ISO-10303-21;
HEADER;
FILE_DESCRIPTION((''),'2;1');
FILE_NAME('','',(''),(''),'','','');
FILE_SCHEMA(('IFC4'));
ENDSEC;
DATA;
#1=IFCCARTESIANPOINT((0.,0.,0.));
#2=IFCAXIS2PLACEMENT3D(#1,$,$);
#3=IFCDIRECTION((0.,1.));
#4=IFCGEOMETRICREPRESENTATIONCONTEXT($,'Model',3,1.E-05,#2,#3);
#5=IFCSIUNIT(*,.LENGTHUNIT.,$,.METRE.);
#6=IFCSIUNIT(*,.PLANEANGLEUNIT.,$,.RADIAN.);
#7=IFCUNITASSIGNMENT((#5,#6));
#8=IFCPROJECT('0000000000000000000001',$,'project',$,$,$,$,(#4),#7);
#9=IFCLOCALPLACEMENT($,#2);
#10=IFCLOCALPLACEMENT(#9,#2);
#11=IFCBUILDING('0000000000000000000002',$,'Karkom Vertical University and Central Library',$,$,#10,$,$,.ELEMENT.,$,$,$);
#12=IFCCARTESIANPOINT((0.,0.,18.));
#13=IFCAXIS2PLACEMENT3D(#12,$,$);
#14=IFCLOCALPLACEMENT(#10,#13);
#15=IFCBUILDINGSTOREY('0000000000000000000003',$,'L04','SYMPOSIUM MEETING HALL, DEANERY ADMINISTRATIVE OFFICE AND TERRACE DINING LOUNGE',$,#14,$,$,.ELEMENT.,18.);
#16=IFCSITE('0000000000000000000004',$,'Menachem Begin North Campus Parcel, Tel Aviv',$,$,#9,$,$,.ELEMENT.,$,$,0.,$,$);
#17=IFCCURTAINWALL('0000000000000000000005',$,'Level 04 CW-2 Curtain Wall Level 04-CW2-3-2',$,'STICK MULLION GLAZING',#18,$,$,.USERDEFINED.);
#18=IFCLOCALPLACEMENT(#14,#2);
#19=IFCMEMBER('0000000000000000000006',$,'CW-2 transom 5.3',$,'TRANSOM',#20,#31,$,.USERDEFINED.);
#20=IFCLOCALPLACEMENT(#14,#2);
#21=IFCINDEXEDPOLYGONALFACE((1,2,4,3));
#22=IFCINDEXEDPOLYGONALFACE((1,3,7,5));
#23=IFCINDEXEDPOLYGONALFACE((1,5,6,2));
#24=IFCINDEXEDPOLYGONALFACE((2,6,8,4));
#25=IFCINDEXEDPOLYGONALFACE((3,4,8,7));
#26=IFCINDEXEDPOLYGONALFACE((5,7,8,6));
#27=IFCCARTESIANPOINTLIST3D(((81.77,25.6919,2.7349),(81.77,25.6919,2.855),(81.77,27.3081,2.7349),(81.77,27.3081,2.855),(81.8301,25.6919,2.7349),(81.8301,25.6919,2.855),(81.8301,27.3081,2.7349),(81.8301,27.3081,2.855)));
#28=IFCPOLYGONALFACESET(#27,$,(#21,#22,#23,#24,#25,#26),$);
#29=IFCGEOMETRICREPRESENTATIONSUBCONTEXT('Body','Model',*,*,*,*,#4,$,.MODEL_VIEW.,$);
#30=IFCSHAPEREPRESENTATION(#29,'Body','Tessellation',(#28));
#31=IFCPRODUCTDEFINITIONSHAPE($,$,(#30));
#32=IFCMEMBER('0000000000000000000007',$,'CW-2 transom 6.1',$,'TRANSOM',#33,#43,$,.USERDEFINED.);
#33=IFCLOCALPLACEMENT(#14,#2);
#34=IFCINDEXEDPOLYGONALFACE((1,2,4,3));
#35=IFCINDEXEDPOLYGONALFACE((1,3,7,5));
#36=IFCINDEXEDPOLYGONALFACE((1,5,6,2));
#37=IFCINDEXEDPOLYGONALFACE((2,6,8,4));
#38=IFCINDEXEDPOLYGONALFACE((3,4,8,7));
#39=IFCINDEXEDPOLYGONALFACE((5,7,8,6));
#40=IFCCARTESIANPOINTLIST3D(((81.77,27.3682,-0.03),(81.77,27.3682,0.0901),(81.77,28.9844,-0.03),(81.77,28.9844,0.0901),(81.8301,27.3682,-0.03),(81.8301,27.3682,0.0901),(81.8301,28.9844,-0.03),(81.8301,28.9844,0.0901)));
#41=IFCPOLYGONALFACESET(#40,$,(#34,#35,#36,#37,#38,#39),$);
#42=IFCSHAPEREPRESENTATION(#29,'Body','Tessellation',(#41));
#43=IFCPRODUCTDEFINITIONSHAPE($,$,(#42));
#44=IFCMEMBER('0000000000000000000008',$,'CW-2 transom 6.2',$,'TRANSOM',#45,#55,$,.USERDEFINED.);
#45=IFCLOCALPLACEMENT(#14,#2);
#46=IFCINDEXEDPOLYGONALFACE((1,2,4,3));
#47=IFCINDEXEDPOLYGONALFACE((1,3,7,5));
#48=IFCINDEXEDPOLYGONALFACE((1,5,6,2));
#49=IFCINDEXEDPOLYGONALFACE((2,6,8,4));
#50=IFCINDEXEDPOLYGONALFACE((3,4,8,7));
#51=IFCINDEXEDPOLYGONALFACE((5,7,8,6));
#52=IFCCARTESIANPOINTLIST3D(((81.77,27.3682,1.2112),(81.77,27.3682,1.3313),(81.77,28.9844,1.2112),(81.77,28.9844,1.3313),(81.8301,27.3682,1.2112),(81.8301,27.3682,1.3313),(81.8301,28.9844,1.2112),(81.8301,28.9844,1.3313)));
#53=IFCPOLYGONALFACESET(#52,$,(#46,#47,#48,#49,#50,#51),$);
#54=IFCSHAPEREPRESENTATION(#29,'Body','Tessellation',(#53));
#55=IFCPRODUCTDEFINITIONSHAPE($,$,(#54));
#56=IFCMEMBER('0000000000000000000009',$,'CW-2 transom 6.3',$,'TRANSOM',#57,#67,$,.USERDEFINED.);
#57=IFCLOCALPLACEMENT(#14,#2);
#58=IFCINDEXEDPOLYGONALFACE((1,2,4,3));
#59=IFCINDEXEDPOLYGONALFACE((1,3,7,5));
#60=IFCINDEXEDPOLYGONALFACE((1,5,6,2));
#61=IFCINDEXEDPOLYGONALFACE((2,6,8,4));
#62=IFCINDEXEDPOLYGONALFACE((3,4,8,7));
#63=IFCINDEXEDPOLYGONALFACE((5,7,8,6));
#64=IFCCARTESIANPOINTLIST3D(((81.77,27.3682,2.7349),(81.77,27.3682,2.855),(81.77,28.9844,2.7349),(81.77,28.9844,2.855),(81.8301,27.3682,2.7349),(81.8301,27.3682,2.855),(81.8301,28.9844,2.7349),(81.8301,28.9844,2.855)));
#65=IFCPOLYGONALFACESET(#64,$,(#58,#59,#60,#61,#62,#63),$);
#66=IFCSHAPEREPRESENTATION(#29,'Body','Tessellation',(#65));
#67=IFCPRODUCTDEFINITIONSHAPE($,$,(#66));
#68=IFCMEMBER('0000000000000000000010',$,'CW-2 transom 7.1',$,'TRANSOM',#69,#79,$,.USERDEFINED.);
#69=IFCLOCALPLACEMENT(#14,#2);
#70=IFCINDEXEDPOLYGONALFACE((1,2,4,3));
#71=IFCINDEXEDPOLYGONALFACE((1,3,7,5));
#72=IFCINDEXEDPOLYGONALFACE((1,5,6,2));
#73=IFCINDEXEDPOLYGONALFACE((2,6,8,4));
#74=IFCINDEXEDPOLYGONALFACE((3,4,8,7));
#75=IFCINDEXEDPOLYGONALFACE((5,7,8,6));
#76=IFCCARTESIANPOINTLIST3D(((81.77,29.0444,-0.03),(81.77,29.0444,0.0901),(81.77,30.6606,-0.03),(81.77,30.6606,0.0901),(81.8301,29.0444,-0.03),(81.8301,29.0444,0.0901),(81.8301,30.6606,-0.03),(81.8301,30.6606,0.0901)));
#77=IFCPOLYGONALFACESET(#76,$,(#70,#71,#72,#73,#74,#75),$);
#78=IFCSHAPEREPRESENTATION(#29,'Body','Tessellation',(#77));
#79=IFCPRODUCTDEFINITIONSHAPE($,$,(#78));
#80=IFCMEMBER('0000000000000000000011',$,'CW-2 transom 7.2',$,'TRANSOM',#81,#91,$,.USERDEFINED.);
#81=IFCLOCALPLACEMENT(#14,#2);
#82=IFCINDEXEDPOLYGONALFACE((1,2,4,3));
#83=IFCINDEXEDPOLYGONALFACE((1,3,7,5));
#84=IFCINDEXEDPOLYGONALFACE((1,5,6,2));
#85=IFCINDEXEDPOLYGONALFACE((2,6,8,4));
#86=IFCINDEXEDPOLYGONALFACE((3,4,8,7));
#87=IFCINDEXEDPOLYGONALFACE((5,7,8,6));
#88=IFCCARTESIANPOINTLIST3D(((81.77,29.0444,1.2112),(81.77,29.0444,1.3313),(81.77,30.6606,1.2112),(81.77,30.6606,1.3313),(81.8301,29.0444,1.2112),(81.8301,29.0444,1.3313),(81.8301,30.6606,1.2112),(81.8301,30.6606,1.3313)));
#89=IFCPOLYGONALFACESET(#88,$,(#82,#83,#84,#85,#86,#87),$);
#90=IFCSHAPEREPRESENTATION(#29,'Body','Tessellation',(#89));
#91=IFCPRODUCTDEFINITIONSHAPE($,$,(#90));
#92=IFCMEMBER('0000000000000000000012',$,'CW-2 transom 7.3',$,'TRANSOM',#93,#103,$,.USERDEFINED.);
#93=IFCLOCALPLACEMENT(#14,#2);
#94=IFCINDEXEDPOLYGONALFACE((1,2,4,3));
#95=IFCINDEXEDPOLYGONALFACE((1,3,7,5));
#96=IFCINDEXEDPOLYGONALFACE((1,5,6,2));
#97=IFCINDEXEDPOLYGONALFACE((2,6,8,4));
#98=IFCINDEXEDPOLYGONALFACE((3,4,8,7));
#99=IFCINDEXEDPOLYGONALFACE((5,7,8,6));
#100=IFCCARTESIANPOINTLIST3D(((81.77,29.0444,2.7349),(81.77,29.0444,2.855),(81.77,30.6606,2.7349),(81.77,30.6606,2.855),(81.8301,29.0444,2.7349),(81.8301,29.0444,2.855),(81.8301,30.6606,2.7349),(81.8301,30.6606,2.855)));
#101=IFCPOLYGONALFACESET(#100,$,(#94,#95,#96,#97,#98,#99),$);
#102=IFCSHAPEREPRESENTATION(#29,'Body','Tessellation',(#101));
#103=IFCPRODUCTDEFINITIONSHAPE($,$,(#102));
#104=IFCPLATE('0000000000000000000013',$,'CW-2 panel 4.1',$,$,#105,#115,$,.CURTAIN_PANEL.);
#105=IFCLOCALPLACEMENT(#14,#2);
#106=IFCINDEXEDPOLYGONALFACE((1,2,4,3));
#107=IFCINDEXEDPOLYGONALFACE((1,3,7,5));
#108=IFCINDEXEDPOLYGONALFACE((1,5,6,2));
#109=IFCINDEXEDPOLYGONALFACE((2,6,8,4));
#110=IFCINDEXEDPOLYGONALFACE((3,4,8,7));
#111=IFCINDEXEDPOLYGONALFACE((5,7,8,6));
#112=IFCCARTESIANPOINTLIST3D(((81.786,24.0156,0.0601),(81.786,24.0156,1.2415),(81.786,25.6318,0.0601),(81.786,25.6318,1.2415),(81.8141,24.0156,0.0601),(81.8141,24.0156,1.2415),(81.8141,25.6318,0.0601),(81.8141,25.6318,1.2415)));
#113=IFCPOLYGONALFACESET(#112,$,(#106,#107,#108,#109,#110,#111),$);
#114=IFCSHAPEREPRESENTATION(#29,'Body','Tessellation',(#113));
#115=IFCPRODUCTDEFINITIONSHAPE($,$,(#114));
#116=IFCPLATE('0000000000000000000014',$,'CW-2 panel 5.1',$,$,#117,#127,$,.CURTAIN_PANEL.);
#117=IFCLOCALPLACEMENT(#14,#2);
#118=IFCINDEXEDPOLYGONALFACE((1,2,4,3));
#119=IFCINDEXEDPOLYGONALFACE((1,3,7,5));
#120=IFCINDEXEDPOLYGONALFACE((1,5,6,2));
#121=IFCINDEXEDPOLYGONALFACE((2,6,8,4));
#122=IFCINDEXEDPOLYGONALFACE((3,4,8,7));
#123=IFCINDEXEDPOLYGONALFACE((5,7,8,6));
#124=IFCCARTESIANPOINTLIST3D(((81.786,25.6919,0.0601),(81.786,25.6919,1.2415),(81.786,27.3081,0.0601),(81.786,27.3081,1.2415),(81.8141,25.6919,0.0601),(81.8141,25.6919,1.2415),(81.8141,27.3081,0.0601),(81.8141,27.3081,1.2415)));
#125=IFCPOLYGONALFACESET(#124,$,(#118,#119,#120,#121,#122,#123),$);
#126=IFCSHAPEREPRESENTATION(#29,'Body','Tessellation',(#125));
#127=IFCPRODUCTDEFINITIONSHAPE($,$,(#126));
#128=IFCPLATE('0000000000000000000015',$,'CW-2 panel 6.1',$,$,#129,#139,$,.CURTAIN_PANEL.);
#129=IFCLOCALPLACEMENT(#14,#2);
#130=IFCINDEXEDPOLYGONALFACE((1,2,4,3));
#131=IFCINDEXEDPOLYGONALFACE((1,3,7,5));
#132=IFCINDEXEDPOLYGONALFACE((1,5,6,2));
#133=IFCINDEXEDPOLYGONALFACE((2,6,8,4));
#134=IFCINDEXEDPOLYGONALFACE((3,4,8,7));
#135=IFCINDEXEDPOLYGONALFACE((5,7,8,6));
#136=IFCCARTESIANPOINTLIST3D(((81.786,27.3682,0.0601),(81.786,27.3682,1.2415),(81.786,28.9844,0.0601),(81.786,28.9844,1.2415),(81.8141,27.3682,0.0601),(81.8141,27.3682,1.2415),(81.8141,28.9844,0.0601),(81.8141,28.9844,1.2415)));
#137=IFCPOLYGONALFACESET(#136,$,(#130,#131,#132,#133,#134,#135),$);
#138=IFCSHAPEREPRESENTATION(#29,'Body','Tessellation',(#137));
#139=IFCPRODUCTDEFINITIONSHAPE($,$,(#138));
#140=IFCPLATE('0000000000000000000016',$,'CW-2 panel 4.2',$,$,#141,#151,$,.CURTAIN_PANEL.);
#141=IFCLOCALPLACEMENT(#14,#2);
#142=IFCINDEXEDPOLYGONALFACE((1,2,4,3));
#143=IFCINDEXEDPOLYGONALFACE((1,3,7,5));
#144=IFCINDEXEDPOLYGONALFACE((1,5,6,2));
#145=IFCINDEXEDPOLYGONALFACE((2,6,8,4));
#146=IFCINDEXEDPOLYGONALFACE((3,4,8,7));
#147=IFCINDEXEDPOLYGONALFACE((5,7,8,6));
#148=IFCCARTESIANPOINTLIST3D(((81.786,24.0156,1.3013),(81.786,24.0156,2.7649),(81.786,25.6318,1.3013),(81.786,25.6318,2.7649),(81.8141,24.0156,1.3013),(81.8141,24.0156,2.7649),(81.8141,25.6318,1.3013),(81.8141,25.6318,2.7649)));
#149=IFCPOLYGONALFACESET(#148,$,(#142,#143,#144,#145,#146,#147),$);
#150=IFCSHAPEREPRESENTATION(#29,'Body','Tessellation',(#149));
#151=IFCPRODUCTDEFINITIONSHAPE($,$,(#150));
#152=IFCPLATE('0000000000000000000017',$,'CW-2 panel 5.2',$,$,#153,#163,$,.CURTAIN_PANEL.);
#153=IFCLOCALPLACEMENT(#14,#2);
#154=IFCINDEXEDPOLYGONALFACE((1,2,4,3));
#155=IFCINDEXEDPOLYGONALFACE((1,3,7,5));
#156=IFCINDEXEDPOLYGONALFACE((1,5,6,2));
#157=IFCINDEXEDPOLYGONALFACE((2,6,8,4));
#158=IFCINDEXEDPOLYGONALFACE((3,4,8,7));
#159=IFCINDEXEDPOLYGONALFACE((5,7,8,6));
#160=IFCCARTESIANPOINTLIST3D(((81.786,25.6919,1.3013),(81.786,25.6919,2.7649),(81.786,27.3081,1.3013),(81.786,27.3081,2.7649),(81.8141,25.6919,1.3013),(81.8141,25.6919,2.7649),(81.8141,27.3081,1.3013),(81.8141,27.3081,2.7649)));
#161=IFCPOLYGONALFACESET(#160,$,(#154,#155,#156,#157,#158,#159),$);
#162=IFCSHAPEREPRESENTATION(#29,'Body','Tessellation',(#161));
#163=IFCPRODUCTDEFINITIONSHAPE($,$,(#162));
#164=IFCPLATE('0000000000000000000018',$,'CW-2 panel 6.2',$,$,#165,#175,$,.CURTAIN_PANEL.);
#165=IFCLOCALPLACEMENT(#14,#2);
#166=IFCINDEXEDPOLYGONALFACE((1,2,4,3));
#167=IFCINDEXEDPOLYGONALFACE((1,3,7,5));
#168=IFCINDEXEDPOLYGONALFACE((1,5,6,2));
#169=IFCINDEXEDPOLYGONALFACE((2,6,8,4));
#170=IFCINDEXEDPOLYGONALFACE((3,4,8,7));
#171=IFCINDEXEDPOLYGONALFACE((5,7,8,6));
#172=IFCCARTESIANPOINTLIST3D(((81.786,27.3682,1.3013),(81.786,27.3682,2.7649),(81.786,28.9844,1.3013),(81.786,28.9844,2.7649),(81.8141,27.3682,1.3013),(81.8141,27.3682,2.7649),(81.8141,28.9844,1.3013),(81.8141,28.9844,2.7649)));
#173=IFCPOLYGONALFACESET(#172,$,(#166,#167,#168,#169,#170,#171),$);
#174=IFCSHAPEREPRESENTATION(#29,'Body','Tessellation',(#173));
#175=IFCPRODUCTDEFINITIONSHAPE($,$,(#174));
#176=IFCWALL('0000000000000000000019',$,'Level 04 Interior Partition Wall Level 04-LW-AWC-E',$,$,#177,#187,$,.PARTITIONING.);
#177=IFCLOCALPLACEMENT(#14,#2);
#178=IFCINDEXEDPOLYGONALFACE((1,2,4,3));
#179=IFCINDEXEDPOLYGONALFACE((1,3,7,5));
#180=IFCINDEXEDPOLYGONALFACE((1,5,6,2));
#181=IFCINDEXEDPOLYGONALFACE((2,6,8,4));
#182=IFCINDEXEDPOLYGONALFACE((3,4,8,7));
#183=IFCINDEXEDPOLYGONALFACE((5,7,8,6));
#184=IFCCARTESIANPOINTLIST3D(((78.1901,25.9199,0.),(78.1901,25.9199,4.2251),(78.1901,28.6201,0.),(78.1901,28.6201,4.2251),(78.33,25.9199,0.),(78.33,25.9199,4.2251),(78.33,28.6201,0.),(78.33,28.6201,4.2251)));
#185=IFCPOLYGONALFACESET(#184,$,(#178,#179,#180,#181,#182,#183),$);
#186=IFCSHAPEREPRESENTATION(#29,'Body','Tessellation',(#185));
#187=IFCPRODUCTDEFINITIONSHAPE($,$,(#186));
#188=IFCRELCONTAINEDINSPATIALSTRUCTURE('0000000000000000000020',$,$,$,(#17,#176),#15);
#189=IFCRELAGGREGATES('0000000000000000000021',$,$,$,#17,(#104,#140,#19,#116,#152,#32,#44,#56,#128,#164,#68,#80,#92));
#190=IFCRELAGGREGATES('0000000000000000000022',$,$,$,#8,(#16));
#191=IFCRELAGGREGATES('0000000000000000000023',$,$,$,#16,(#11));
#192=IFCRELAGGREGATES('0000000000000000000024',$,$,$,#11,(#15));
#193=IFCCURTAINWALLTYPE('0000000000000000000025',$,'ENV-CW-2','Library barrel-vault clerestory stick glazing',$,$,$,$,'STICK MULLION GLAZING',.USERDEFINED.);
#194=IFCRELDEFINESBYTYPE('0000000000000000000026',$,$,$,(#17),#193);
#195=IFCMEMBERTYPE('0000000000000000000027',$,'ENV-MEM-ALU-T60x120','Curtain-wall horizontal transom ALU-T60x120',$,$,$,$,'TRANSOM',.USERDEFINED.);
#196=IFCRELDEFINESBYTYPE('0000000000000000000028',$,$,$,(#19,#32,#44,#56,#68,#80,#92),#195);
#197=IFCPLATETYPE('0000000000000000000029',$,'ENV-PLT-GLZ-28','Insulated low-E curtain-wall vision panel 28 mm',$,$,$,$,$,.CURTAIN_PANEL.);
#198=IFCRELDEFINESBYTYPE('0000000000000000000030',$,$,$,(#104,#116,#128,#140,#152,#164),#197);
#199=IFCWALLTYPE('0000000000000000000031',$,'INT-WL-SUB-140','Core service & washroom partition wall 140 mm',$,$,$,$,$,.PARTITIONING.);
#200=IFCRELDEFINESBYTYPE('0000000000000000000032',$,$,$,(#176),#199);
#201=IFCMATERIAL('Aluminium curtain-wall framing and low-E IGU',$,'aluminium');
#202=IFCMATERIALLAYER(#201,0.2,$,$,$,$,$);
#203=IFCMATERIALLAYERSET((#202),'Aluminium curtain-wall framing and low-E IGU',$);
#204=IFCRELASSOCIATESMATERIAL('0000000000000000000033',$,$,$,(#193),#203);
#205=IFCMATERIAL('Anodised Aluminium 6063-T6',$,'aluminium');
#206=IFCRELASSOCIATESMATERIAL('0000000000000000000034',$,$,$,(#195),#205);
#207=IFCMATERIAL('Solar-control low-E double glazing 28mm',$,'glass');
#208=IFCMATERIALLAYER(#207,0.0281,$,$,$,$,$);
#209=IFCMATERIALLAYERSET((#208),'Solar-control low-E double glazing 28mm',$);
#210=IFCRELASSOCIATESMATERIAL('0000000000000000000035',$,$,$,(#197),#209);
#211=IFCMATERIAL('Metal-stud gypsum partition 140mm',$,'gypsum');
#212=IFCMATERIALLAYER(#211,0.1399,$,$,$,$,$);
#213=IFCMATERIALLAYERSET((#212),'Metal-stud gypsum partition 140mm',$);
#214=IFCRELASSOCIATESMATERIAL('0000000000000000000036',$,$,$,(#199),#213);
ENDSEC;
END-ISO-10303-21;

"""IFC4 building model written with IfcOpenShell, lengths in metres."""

from ifc_helpers import new_model, si_unit, direction, frame, frame_2d, origin, origin_with_axes, origin_2d, place, context, subcontext, project, spatial, rectangle, extrude, source, transform, mapped, material, layer, layer_set, material_profile, profile_set, type_object, element, aggregate, save


model = new_model("IFC4")

# Units and contexts
model_context = context("Model", 3, precision=1e-05, world=origin(), true_north=direction((0.0, 1.0)))
body_context = subcontext(model_context, "Body", "Model", "MODEL_VIEW")
ifc_project = project(units=[si_unit("LENGTHUNIT", "METRE"), si_unit("PLANEANGLEUNIT", "RADIAN")], contexts=[model_context])

# Site, building, storey
site_placement = place(None, origin())
site = spatial("IfcSite", under=ifc_project, at=site_placement, Name="Menachem Begin North Campus Parcel, Tel Aviv", CompositionType="ELEMENT", RefElevation=0.0)
building_placement = place(site_placement, origin())
building = spatial("IfcBuilding", under=site, at=building_placement, Name="Karkom Vertical University and Central Library", CompositionType="ELEMENT")
storey_placement = place(building_placement, frame((0.0, 0.0, 18.0)))
storey = spatial("IfcBuildingStorey", under=building, at=storey_placement, Name="L04", Description="SYMPOSIUM MEETING HALL, DEANERY ADMINISTRATIVE OFFICE AND TERRACE DINING LOUNGE", CompositionType="ELEMENT", Elevation=18.0)

# Curtain wall, members, plates
ifc_material_1 = material(Name="Aluminium curtain-wall framing and low-E IGU", Category="aluminium")
ifc_layer_1 = layer(ifc_material_1, 0.2)
ifc_layer_set_1 = layer_set([ifc_layer_1], Name="Aluminium curtain-wall framing and low-E IGU")
curtain_wall_type = type_object("IfcCurtainWallType", Name="ENV-CW-2", Description="Library barrel-vault clerestory stick glazing", ElementType="STICK MULLION GLAZING", PredefinedType="USERDEFINED", material=ifc_layer_set_1)
curtain_wall_placement = place(storey_placement, origin())
curtain_wall = element("IfcCurtainWall", 1, at=curtain_wall_placement, inside=storey, type_object=curtain_wall_type, Name="Level 04 CW-2 Curtain Wall Level 04-CW2-3-2", ObjectType="STICK MULLION GLAZING", PredefinedType="USERDEFINED")
ifc_material_2 = material(Name="Anodised Aluminium 6063-T6", Category="aluminium")
ifc_material_profile_1 = material_profile(ifc_material_2, rectangle(XDim=0.0601, YDim=0.1201, at=origin_2d()), Name="ALU-T60x120")
ifc_profile_set_1 = profile_set([ifc_material_profile_1], Name="Anodised Aluminium 6063-T6")
member_type_1 = type_object("IfcMemberType", Name="ENV-MEM-ALU-T60x120", Description="Curtain-wall horizontal transom ALU-T60x120", ElementType="TRANSOM", PredefinedType="USERDEFINED", material=ifc_profile_set_1)
shared_shape_1 = source(origin_with_axes(), body_context, "Body", "SweptSolid", [
    extrude(rectangle(XDim=0.0601, YDim=0.1201, at=origin_2d()), origin(), (0.0, 0.0, 1.0), 1.6162),
])
member_1_placement = place(storey_placement, frame((81.8, 25.6919, 2.7949), z_axis=(0.0, 1.0, 0.0), x_axis=(-1.0, 0.0, 0.0)))
member_1 = element("IfcMember", 2, at=member_1_placement, type_object=member_type_1, Name="CW-2 transom 5.3", ObjectType="TRANSOM", PredefinedType="USERDEFINED", context=body_context, shape_type="MappedRepresentation", body=[
    mapped(shared_shape_1, transform((0.0, 0.0, 0.0), scale=1.0)),
])
member_2_placement = place(storey_placement, frame((81.8, 27.3682, 0.03), z_axis=(0.0, 1.0, 0.0), x_axis=(-1.0, 0.0, 0.0)))
member_2 = element("IfcMember", 3, at=member_2_placement, type_object=member_type_1, Name="CW-2 transom 6.1", ObjectType="TRANSOM", PredefinedType="USERDEFINED", context=body_context, shape_type="MappedRepresentation", body=[
    mapped(shared_shape_1, transform((0.0, 0.0, 0.0), scale=1.0)),
])
member_3_placement = place(storey_placement, frame((81.8, 27.3682, 1.2712), z_axis=(0.0, 1.0, 0.0), x_axis=(-1.0, 0.0, 0.0)))
member_3 = element("IfcMember", 4, at=member_3_placement, type_object=member_type_1, Name="CW-2 transom 6.2", ObjectType="TRANSOM", PredefinedType="USERDEFINED", context=body_context, shape_type="MappedRepresentation", body=[
    mapped(shared_shape_1, transform((0.0, 0.0, 0.0), scale=1.0)),
])
member_4_placement = place(storey_placement, frame((81.8, 27.3682, 2.7949), z_axis=(0.0, 1.0, 0.0), x_axis=(-1.0, 0.0, 0.0)))
member_4 = element("IfcMember", 5, at=member_4_placement, type_object=member_type_1, Name="CW-2 transom 6.3", ObjectType="TRANSOM", PredefinedType="USERDEFINED", context=body_context, shape_type="MappedRepresentation", body=[
    mapped(shared_shape_1, transform((0.0, 0.0, 0.0), scale=1.0)),
])
member_5_placement = place(storey_placement, frame((81.8, 29.0444, 0.03), z_axis=(0.0, 1.0, 0.0), x_axis=(-1.0, 0.0, 0.0)))
member_5 = element("IfcMember", 6, at=member_5_placement, type_object=member_type_1, Name="CW-2 transom 7.1", ObjectType="TRANSOM", PredefinedType="USERDEFINED", context=body_context, shape_type="MappedRepresentation", body=[
    mapped(shared_shape_1, transform((0.0, 0.0, 0.0), scale=1.0)),
])
member_6_placement = place(storey_placement, frame((81.8, 29.0444, 1.2712), z_axis=(0.0, 1.0, 0.0), x_axis=(-1.0, 0.0, 0.0)))
member_6 = element("IfcMember", 7, at=member_6_placement, type_object=member_type_1, Name="CW-2 transom 7.2", ObjectType="TRANSOM", PredefinedType="USERDEFINED", context=body_context, shape_type="MappedRepresentation", body=[
    mapped(shared_shape_1, transform((0.0, 0.0, 0.0), scale=1.0)),
])
member_7_placement = place(storey_placement, frame((81.8, 29.0444, 2.7949), z_axis=(0.0, 1.0, 0.0), x_axis=(-1.0, 0.0, 0.0)))
member_7 = element("IfcMember", 8, at=member_7_placement, type_object=member_type_1, Name="CW-2 transom 7.3", ObjectType="TRANSOM", PredefinedType="USERDEFINED", context=body_context, shape_type="MappedRepresentation", body=[
    mapped(shared_shape_1, transform((0.0, 0.0, 0.0), scale=1.0)),
])
ifc_material_3 = material(Name="Solar-control low-E double glazing 28mm", Category="glass")
ifc_layer_2 = layer(ifc_material_3, 0.0281)
ifc_layer_set_2 = layer_set([ifc_layer_2], Name="Solar-control low-E double glazing 28mm")
plate_type = type_object("IfcPlateType", Name="ENV-PLT-GLZ-28", Description="Insulated low-E curtain-wall vision panel 28 mm", PredefinedType="CURTAIN_PANEL", material=ifc_layer_set_2)
shared_shape_2 = source(origin_with_axes(), body_context, "Body", "SweptSolid", [
    extrude(rectangle(XDim=1.6162, YDim=0.0281, at=origin_2d()), origin(), (0.0, 0.0, 1.0), 1.1814),
])
plate_1_placement = place(storey_placement, frame((81.8, 24.8237, 0.0601), z_axis=(0.0, 0.0, 1.0), x_axis=(0.0, 1.0, 0.0)))
plate_1 = element("IfcPlate", 9, at=plate_1_placement, type_object=plate_type, Name="CW-2 panel 4.1", PredefinedType="CURTAIN_PANEL", context=body_context, shape_type="MappedRepresentation", body=[
    mapped(shared_shape_2, transform((0.0, 0.0, 0.0), scale=1.0)),
])
plate_2_placement = place(storey_placement, frame((81.8, 26.5, 0.0601), z_axis=(0.0, 0.0, 1.0), x_axis=(0.0, 1.0, 0.0)))
plate_2 = element("IfcPlate", 10, at=plate_2_placement, type_object=plate_type, Name="CW-2 panel 5.1", PredefinedType="CURTAIN_PANEL", context=body_context, shape_type="MappedRepresentation", body=[
    mapped(shared_shape_2, transform((0.0, 0.0, 0.0), scale=1.0)),
])
plate_3_placement = place(storey_placement, frame((81.8, 28.1763, 0.0601), z_axis=(0.0, 0.0, 1.0), x_axis=(0.0, 1.0, 0.0)))
plate_3 = element("IfcPlate", 11, at=plate_3_placement, type_object=plate_type, Name="CW-2 panel 6.1", PredefinedType="CURTAIN_PANEL", context=body_context, shape_type="MappedRepresentation", body=[
    mapped(shared_shape_2, transform((0.0, 0.0, 0.0), scale=1.0)),
])
shared_shape_3 = source(origin_with_axes(), body_context, "Body", "SweptSolid", [
    extrude(rectangle(XDim=1.6162, YDim=0.0281, at=origin_2d()), origin(), (0.0, 0.0, 1.0), 1.4636),
])
plate_4_placement = place(storey_placement, frame((81.8, 24.8237, 1.3013), z_axis=(0.0, 0.0, 1.0), x_axis=(0.0, 1.0, 0.0)))
plate_4 = element("IfcPlate", 12, at=plate_4_placement, type_object=plate_type, Name="CW-2 panel 4.2", PredefinedType="CURTAIN_PANEL", context=body_context, shape_type="MappedRepresentation", body=[
    mapped(shared_shape_3, transform((0.0, 0.0, 0.0), scale=1.0)),
])
plate_5_placement = place(storey_placement, frame((81.8, 26.5, 1.3013), z_axis=(0.0, 0.0, 1.0), x_axis=(0.0, 1.0, 0.0)))
plate_5 = element("IfcPlate", 13, at=plate_5_placement, type_object=plate_type, Name="CW-2 panel 5.2", PredefinedType="CURTAIN_PANEL", context=body_context, shape_type="MappedRepresentation", body=[
    mapped(shared_shape_3, transform((0.0, 0.0, 0.0), scale=1.0)),
])
plate_6_placement = place(storey_placement, frame((81.8, 28.1763, 1.3013), z_axis=(0.0, 0.0, 1.0), x_axis=(0.0, 1.0, 0.0)))
plate_6 = element("IfcPlate", 14, at=plate_6_placement, type_object=plate_type, Name="CW-2 panel 6.2", PredefinedType="CURTAIN_PANEL", context=body_context, shape_type="MappedRepresentation", body=[
    mapped(shared_shape_3, transform((0.0, 0.0, 0.0), scale=1.0)),
])
aggregate(curtain_wall, [plate_1, plate_4, member_1, plate_2, plate_5, member_2, member_3, member_4, plate_3, plate_6, member_5, member_6, member_7])

# Wall
ifc_material_4 = material(Name="Metal-stud gypsum partition 140mm", Category="gypsum")
ifc_layer_3 = layer(ifc_material_4, 0.1399)
ifc_layer_set_3 = layer_set([ifc_layer_3], Name="Metal-stud gypsum partition 140mm")
wall_type_1 = type_object("IfcWallType", Name="INT-WL-SUB-140", Description="Core service & washroom partition wall 140 mm", PredefinedType="PARTITIONING", material=ifc_layer_set_3)
wall_1_placement = place(storey_placement, frame((78.26, 25.9199, 0.0), z_axis=(0.0, 0.0, 1.0), x_axis=(0.0, 1.0, 0.0)))
element("IfcWall", 15, at=wall_1_placement, inside=storey, type_object=wall_type_1, Name="Level 04 Interior Partition Wall Level 04-LW-AWC-E", PredefinedType="PARTITIONING", context=body_context, shape_type="SweptSolid", body=[
    extrude(rectangle(XDim=2.7002, YDim=0.1399, at=frame_2d((1.3501, 0.0))), origin(), (0.0, 0.0, 1.0), 4.2251),
])

save(model, "model.ifc")
